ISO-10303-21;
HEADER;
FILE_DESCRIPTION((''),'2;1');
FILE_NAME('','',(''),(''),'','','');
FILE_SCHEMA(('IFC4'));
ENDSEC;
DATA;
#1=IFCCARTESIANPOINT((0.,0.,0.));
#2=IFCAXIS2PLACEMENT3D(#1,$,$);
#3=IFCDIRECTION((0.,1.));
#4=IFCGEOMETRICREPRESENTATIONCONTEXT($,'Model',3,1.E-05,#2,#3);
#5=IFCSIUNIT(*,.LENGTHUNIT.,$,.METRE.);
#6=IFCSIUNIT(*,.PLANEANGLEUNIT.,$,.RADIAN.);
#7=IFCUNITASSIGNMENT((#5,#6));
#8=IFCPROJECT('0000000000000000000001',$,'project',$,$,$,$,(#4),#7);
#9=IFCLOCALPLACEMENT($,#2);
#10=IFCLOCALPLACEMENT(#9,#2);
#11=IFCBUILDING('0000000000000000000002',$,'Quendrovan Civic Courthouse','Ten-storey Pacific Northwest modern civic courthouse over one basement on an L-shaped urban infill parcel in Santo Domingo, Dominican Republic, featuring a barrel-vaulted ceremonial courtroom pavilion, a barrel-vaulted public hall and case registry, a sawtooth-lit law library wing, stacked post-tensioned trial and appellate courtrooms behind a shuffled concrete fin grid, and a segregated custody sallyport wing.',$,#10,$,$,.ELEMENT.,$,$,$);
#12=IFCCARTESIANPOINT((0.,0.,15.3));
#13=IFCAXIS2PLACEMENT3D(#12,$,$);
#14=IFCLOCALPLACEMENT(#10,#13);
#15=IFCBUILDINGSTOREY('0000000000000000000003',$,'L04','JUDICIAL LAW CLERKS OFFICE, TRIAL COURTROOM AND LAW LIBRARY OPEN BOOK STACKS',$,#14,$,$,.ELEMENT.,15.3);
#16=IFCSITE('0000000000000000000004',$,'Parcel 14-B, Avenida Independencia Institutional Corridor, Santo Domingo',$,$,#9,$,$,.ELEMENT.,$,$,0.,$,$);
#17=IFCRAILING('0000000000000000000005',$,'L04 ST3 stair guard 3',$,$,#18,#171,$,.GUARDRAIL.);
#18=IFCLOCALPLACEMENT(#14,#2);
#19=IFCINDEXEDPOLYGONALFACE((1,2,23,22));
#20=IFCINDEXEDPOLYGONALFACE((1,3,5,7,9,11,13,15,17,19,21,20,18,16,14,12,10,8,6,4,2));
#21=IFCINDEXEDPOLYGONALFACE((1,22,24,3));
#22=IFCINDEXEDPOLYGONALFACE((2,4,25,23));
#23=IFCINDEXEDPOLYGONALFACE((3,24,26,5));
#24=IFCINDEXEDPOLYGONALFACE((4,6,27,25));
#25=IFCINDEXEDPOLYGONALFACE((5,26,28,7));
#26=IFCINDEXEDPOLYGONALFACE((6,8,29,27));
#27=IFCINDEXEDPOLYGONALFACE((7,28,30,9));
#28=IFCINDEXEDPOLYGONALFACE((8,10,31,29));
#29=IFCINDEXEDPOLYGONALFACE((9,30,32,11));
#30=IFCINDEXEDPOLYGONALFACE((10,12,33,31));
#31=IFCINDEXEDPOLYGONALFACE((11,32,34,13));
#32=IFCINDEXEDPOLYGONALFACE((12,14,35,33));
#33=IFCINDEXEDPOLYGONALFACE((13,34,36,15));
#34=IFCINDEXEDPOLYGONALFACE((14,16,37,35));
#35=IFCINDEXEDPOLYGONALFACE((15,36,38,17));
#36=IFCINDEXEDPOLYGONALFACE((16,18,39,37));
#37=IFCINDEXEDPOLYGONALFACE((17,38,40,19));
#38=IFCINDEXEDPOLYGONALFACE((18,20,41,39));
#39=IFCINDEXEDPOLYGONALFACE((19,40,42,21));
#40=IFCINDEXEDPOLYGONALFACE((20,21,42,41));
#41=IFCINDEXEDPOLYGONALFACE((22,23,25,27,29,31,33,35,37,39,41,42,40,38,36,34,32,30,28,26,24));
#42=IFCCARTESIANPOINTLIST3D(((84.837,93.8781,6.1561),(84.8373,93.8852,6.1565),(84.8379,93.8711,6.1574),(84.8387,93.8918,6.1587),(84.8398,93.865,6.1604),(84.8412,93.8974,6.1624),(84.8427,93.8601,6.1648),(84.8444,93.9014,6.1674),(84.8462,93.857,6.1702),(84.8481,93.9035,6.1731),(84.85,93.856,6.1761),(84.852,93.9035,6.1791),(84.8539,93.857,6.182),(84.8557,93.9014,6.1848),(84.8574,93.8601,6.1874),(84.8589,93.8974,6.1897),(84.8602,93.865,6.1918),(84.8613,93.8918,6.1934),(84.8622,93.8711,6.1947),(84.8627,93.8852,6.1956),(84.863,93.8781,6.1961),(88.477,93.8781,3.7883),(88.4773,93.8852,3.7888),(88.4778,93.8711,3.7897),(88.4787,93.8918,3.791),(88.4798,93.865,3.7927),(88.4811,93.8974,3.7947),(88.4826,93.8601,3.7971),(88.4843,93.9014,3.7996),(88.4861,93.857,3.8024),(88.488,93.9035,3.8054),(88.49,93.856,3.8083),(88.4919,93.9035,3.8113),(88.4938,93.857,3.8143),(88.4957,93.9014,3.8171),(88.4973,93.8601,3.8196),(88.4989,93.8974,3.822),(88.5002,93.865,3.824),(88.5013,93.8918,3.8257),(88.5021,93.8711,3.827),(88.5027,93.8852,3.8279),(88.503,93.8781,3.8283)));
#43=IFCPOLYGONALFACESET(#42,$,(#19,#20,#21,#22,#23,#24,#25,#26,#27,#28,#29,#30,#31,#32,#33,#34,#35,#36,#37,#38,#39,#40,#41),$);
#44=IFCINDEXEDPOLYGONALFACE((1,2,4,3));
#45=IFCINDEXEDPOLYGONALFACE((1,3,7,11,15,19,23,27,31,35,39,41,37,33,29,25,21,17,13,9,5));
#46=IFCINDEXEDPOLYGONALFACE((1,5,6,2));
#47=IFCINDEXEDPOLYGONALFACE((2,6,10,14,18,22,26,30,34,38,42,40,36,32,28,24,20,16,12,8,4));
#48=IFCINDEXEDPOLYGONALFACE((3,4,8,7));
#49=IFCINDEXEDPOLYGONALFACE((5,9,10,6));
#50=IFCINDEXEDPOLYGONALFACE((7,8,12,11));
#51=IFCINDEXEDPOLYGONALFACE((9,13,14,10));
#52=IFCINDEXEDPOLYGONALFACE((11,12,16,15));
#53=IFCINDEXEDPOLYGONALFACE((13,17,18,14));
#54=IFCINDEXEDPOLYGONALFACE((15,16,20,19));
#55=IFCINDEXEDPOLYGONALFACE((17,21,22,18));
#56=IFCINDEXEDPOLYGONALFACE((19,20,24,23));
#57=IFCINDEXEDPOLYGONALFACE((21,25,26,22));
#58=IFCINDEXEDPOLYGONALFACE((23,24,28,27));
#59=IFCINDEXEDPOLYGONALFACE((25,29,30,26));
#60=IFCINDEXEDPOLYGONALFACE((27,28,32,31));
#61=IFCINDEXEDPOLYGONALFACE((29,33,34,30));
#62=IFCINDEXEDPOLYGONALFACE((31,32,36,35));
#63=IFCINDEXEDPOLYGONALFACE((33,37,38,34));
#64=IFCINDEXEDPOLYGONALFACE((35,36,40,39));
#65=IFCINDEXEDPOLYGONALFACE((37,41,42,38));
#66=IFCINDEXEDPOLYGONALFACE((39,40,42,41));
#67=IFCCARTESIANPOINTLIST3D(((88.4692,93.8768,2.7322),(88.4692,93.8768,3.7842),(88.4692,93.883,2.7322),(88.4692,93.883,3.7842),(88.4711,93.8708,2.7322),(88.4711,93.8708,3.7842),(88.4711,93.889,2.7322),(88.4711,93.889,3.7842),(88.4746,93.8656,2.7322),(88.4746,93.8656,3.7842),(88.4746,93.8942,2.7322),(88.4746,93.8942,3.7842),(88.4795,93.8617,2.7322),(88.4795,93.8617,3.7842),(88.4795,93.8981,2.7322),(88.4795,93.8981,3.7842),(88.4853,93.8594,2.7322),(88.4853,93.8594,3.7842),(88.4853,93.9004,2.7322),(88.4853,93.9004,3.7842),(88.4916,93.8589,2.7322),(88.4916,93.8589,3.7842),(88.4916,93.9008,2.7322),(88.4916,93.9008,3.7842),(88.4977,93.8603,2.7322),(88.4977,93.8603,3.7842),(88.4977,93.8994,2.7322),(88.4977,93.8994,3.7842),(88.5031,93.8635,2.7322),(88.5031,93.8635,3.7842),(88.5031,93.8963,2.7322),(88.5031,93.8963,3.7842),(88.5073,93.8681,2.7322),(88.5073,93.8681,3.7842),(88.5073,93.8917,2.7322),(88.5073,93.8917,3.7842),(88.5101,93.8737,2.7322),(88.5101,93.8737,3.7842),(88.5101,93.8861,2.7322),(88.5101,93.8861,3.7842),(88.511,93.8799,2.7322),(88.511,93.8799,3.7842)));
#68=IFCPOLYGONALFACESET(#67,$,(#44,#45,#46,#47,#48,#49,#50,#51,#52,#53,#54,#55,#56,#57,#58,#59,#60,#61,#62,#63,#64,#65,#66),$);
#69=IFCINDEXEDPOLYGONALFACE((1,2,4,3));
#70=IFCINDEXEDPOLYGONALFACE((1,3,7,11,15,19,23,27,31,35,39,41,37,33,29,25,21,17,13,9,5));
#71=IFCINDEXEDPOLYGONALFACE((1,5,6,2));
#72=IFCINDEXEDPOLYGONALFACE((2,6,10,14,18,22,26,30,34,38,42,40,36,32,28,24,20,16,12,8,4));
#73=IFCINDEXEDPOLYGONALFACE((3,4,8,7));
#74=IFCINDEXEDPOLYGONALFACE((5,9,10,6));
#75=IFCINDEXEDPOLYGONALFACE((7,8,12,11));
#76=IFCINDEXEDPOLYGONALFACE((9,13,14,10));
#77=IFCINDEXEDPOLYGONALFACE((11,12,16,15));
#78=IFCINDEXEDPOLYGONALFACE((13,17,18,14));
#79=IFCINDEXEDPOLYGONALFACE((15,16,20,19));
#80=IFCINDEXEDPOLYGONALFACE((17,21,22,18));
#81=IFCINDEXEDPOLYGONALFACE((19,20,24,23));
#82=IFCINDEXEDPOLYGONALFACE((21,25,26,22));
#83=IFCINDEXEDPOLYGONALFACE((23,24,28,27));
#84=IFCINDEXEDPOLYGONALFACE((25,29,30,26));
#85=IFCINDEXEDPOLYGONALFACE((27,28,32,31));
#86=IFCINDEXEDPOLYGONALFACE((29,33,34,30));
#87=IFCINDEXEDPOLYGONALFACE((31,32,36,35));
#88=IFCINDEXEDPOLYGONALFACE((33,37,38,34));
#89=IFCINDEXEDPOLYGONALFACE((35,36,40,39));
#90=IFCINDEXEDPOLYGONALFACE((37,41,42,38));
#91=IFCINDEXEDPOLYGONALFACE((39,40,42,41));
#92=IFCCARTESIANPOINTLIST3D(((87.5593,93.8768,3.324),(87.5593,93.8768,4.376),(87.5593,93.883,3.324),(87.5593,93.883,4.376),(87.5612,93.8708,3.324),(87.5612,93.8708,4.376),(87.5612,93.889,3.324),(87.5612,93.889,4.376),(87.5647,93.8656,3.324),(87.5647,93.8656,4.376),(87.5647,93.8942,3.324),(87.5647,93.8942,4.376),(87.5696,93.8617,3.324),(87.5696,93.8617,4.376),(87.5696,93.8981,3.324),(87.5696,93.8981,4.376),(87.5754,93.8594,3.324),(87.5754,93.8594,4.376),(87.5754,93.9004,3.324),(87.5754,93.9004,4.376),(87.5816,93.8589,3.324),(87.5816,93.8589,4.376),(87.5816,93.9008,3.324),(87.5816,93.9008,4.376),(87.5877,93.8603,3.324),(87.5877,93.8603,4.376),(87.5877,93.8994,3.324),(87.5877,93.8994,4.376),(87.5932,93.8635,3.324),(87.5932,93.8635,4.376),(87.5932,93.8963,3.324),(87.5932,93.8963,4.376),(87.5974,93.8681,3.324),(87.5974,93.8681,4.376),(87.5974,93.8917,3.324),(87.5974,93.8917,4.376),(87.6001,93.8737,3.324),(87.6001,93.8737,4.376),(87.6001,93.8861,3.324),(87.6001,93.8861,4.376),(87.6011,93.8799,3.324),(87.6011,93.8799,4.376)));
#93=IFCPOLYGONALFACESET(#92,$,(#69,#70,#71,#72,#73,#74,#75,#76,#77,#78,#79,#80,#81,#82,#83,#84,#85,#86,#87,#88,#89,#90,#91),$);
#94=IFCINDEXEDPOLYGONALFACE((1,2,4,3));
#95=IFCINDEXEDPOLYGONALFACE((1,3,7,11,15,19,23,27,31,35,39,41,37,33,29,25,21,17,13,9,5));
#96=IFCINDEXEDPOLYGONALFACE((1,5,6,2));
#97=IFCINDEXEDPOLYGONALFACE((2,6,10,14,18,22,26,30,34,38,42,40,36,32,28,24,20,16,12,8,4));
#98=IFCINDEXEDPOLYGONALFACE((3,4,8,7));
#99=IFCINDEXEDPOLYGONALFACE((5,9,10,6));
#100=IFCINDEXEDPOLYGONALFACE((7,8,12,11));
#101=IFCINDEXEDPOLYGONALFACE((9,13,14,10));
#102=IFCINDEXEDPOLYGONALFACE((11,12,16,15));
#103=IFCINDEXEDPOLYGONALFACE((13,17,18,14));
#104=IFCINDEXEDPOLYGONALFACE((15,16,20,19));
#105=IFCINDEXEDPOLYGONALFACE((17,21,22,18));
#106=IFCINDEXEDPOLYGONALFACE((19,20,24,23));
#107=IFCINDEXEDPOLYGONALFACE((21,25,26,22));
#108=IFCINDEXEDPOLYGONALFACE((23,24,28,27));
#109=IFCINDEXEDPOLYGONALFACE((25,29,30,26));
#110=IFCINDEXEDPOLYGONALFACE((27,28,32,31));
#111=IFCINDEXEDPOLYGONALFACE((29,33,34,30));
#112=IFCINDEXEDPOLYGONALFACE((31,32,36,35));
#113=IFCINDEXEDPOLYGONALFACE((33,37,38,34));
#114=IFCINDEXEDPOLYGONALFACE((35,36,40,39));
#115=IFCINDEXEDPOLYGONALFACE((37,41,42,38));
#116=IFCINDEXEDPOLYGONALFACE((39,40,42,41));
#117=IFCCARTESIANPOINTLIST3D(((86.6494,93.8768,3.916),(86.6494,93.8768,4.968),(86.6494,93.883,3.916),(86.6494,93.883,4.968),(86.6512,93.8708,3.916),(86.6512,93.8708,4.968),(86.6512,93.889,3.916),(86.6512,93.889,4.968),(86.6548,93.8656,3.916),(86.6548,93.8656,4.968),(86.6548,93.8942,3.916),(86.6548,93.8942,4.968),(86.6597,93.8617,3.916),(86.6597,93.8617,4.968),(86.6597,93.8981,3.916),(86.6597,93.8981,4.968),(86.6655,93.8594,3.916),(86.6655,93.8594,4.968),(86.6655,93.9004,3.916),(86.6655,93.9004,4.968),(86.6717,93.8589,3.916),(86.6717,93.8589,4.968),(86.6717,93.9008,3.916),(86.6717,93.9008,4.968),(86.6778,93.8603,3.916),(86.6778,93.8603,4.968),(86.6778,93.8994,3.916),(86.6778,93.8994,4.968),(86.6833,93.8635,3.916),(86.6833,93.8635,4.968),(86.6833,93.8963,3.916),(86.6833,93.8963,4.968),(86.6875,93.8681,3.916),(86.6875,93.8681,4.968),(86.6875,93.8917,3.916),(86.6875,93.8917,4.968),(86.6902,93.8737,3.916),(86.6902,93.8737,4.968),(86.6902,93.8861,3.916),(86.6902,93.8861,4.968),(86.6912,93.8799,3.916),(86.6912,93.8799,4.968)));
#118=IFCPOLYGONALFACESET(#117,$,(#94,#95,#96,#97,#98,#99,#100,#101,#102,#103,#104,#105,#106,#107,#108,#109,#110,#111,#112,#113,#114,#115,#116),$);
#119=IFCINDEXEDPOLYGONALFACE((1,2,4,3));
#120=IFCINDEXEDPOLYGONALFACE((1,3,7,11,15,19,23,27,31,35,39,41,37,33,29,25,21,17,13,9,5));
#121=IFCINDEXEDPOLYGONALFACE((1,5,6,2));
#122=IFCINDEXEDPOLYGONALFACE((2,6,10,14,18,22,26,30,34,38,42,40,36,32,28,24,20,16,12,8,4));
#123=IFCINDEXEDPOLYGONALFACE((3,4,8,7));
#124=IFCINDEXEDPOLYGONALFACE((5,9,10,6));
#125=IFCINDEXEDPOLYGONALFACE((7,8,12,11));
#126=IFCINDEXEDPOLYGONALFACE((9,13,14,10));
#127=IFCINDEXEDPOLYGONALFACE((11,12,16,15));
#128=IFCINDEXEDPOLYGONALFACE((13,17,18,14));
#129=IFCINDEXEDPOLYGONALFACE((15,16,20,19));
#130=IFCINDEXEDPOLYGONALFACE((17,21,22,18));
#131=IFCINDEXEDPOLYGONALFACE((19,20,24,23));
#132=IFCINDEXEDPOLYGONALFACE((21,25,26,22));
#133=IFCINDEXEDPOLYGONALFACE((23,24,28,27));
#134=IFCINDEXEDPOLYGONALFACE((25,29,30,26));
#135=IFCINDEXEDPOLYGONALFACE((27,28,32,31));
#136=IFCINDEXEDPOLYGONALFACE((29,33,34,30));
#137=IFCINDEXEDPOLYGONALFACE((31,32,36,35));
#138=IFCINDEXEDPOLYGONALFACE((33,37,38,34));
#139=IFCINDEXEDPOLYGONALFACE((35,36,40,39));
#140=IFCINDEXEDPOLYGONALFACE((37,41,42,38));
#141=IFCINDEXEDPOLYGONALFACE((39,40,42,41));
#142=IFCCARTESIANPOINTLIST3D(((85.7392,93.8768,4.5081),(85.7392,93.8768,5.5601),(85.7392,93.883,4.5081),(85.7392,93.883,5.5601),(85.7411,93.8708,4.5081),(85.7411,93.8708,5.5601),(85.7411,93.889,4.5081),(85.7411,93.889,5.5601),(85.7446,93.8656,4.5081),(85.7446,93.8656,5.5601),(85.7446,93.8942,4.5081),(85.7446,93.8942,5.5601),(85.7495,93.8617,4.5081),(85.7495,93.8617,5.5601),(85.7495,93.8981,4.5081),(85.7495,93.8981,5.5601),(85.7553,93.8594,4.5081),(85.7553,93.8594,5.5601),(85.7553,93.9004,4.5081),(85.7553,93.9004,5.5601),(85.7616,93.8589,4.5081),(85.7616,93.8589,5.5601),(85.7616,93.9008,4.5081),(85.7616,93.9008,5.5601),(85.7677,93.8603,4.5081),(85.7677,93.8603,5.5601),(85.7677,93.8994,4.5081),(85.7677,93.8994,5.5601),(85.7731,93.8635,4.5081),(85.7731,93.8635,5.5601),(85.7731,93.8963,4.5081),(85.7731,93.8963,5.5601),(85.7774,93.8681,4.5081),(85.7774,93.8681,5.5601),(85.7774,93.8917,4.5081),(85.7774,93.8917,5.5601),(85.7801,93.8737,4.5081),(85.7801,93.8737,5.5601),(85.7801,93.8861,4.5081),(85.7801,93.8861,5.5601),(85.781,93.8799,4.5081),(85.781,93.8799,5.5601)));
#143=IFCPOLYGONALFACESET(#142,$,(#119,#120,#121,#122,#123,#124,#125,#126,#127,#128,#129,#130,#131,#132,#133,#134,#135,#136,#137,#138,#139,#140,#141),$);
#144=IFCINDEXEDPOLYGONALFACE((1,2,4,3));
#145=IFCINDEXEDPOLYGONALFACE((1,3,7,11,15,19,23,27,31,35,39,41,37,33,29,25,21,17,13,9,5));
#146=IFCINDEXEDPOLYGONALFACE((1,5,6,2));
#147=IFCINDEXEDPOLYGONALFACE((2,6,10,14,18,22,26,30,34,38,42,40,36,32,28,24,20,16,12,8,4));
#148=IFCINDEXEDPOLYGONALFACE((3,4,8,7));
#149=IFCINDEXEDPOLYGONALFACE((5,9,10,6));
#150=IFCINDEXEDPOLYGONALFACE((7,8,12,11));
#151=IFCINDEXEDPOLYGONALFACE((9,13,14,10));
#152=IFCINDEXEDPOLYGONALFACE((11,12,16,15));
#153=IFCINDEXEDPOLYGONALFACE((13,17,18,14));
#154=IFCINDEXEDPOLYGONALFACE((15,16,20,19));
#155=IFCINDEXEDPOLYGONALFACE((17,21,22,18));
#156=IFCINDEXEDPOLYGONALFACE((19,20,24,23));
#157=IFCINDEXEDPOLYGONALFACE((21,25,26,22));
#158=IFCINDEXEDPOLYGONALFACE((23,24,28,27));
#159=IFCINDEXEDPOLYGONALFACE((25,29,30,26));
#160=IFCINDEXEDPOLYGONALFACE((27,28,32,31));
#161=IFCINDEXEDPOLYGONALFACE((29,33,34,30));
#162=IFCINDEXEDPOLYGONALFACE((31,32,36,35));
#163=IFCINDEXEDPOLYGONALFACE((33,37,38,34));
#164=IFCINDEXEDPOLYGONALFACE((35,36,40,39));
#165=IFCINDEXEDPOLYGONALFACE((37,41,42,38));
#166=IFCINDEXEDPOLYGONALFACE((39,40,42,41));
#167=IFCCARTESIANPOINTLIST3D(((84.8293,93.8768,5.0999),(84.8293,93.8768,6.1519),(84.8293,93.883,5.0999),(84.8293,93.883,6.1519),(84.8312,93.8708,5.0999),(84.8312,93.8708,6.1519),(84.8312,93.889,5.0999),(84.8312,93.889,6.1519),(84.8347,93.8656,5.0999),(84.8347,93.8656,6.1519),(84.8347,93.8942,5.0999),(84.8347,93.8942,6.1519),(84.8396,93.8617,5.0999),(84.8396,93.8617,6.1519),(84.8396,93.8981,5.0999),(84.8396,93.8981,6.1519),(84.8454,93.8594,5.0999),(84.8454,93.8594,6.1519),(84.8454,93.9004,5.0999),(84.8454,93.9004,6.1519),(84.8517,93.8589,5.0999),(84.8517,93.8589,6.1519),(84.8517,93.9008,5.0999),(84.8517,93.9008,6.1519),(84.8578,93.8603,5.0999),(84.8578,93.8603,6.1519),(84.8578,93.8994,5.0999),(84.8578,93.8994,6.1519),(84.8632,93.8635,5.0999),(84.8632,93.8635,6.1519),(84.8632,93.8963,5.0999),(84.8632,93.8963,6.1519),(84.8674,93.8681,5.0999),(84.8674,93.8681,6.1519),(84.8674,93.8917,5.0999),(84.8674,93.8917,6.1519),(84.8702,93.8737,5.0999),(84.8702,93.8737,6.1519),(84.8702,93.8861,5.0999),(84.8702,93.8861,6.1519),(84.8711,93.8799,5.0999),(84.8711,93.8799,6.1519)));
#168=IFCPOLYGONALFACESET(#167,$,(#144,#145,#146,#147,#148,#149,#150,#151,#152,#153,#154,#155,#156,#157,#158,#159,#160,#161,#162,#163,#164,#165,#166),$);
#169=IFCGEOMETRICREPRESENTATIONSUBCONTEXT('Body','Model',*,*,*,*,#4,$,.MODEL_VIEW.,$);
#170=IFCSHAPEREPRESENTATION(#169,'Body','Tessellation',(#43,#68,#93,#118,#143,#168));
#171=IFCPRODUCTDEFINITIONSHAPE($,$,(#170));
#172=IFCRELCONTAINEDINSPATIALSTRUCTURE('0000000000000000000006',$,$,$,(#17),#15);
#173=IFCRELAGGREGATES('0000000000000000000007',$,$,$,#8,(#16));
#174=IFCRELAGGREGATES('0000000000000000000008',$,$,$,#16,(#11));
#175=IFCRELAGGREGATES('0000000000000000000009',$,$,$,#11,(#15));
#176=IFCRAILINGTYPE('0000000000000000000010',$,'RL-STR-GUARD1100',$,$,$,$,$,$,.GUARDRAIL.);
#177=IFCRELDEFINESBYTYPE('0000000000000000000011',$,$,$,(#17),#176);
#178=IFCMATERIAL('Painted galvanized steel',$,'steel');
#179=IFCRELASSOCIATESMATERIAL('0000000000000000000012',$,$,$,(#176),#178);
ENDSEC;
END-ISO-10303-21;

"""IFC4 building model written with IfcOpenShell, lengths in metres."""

from ifc_helpers import new_model, si_unit, direction, frame, origin, origin_2d, place, context, subcontext, project, spatial, circle, extrude, material, type_object, element, save


model = new_model("IFC4")

# Units and contexts
model_context = context("Model", 3, precision=1e-05, world=origin(), true_north=direction((0.0, 1.0)))
body_context = subcontext(model_context, "Body", "Model", "MODEL_VIEW")
ifc_project = project(units=[si_unit("LENGTHUNIT", "METRE"), si_unit("PLANEANGLEUNIT", "RADIAN")], contexts=[model_context])

# Site, building, storey
site_placement = place(None, origin())
site = spatial("IfcSite", under=ifc_project, at=site_placement, Name="Parcel 14-B, Avenida Independencia Institutional Corridor, Santo Domingo", CompositionType="ELEMENT", RefElevation=0.0)
building_placement = place(site_placement, origin())
building = spatial("IfcBuilding", under=site, at=building_placement, Name="Quendrovan Civic Courthouse", Description="Ten-storey Pacific Northwest modern civic courthouse over one basement on an L-shaped urban infill parcel in Santo Domingo, Dominican Republic, featuring a barrel-vaulted ceremonial courtroom pavilion, a barrel-vaulted public hall and case registry, a sawtooth-lit law library wing, stacked post-tensioned trial and appellate courtrooms behind a shuffled concrete fin grid, and a segregated custody sallyport wing.", CompositionType="ELEMENT")
storey_placement = place(building_placement, frame((0.0, 0.0, 15.3)))
storey = spatial("IfcBuildingStorey", under=building, at=storey_placement, Name="L04", Description="JUDICIAL LAW CLERKS OFFICE, TRIAL COURTROOM AND LAW LIBRARY OPEN BOOK STACKS", CompositionType="ELEMENT", Elevation=15.3)

# Railing
ifc_material_1 = material(Name="Painted galvanized steel", Category="steel")
railing_type_1 = type_object("IfcRailingType", Name="RL-STR-GUARD1100", PredefinedType="GUARDRAIL", material=ifc_material_1)
railing_1_placement = place(storey_placement, frame((88.49, 93.8799, 2.7322)))
element("IfcRailing", 1, at=railing_1_placement, inside=storey, type_object=railing_type_1, Name="L04 ST3 stair guard 3", PredefinedType="GUARDRAIL", context=body_context, shape_type="SweptSolid", body=[
    extrude(circle(Radius=0.0239, at=origin_2d()), frame((0.0, 0.0, 1.0762), z_axis=(-0.83826, 0.0, 0.545271), x_axis=(0.0, -1.0, 0.0)), (0.0, 0.0, 1.0), 4.3423),
    extrude(circle(Radius=0.021, at=origin_2d()), origin(), (0.0, 0.0, 1.0), 1.052),
    extrude(circle(Radius=0.021, at=origin_2d()), frame((-0.9099, 0.0, 0.5918)), (0.0, 0.0, 1.0), 1.052),
    extrude(circle(Radius=0.021, at=origin_2d()), frame((-1.8198, 0.0, 1.1838)), (0.0, 0.0, 1.0), 1.052),
    extrude(circle(Radius=0.021, at=origin_2d()), frame((-2.73, 0.0, 1.7759)), (0.0, 0.0, 1.0), 1.052),
    extrude(circle(Radius=0.021, at=origin_2d()), frame((-3.6399, 0.0, 2.3677)), (0.0, 0.0, 1.0), 1.052),
])

save(model, "model.ifc")
